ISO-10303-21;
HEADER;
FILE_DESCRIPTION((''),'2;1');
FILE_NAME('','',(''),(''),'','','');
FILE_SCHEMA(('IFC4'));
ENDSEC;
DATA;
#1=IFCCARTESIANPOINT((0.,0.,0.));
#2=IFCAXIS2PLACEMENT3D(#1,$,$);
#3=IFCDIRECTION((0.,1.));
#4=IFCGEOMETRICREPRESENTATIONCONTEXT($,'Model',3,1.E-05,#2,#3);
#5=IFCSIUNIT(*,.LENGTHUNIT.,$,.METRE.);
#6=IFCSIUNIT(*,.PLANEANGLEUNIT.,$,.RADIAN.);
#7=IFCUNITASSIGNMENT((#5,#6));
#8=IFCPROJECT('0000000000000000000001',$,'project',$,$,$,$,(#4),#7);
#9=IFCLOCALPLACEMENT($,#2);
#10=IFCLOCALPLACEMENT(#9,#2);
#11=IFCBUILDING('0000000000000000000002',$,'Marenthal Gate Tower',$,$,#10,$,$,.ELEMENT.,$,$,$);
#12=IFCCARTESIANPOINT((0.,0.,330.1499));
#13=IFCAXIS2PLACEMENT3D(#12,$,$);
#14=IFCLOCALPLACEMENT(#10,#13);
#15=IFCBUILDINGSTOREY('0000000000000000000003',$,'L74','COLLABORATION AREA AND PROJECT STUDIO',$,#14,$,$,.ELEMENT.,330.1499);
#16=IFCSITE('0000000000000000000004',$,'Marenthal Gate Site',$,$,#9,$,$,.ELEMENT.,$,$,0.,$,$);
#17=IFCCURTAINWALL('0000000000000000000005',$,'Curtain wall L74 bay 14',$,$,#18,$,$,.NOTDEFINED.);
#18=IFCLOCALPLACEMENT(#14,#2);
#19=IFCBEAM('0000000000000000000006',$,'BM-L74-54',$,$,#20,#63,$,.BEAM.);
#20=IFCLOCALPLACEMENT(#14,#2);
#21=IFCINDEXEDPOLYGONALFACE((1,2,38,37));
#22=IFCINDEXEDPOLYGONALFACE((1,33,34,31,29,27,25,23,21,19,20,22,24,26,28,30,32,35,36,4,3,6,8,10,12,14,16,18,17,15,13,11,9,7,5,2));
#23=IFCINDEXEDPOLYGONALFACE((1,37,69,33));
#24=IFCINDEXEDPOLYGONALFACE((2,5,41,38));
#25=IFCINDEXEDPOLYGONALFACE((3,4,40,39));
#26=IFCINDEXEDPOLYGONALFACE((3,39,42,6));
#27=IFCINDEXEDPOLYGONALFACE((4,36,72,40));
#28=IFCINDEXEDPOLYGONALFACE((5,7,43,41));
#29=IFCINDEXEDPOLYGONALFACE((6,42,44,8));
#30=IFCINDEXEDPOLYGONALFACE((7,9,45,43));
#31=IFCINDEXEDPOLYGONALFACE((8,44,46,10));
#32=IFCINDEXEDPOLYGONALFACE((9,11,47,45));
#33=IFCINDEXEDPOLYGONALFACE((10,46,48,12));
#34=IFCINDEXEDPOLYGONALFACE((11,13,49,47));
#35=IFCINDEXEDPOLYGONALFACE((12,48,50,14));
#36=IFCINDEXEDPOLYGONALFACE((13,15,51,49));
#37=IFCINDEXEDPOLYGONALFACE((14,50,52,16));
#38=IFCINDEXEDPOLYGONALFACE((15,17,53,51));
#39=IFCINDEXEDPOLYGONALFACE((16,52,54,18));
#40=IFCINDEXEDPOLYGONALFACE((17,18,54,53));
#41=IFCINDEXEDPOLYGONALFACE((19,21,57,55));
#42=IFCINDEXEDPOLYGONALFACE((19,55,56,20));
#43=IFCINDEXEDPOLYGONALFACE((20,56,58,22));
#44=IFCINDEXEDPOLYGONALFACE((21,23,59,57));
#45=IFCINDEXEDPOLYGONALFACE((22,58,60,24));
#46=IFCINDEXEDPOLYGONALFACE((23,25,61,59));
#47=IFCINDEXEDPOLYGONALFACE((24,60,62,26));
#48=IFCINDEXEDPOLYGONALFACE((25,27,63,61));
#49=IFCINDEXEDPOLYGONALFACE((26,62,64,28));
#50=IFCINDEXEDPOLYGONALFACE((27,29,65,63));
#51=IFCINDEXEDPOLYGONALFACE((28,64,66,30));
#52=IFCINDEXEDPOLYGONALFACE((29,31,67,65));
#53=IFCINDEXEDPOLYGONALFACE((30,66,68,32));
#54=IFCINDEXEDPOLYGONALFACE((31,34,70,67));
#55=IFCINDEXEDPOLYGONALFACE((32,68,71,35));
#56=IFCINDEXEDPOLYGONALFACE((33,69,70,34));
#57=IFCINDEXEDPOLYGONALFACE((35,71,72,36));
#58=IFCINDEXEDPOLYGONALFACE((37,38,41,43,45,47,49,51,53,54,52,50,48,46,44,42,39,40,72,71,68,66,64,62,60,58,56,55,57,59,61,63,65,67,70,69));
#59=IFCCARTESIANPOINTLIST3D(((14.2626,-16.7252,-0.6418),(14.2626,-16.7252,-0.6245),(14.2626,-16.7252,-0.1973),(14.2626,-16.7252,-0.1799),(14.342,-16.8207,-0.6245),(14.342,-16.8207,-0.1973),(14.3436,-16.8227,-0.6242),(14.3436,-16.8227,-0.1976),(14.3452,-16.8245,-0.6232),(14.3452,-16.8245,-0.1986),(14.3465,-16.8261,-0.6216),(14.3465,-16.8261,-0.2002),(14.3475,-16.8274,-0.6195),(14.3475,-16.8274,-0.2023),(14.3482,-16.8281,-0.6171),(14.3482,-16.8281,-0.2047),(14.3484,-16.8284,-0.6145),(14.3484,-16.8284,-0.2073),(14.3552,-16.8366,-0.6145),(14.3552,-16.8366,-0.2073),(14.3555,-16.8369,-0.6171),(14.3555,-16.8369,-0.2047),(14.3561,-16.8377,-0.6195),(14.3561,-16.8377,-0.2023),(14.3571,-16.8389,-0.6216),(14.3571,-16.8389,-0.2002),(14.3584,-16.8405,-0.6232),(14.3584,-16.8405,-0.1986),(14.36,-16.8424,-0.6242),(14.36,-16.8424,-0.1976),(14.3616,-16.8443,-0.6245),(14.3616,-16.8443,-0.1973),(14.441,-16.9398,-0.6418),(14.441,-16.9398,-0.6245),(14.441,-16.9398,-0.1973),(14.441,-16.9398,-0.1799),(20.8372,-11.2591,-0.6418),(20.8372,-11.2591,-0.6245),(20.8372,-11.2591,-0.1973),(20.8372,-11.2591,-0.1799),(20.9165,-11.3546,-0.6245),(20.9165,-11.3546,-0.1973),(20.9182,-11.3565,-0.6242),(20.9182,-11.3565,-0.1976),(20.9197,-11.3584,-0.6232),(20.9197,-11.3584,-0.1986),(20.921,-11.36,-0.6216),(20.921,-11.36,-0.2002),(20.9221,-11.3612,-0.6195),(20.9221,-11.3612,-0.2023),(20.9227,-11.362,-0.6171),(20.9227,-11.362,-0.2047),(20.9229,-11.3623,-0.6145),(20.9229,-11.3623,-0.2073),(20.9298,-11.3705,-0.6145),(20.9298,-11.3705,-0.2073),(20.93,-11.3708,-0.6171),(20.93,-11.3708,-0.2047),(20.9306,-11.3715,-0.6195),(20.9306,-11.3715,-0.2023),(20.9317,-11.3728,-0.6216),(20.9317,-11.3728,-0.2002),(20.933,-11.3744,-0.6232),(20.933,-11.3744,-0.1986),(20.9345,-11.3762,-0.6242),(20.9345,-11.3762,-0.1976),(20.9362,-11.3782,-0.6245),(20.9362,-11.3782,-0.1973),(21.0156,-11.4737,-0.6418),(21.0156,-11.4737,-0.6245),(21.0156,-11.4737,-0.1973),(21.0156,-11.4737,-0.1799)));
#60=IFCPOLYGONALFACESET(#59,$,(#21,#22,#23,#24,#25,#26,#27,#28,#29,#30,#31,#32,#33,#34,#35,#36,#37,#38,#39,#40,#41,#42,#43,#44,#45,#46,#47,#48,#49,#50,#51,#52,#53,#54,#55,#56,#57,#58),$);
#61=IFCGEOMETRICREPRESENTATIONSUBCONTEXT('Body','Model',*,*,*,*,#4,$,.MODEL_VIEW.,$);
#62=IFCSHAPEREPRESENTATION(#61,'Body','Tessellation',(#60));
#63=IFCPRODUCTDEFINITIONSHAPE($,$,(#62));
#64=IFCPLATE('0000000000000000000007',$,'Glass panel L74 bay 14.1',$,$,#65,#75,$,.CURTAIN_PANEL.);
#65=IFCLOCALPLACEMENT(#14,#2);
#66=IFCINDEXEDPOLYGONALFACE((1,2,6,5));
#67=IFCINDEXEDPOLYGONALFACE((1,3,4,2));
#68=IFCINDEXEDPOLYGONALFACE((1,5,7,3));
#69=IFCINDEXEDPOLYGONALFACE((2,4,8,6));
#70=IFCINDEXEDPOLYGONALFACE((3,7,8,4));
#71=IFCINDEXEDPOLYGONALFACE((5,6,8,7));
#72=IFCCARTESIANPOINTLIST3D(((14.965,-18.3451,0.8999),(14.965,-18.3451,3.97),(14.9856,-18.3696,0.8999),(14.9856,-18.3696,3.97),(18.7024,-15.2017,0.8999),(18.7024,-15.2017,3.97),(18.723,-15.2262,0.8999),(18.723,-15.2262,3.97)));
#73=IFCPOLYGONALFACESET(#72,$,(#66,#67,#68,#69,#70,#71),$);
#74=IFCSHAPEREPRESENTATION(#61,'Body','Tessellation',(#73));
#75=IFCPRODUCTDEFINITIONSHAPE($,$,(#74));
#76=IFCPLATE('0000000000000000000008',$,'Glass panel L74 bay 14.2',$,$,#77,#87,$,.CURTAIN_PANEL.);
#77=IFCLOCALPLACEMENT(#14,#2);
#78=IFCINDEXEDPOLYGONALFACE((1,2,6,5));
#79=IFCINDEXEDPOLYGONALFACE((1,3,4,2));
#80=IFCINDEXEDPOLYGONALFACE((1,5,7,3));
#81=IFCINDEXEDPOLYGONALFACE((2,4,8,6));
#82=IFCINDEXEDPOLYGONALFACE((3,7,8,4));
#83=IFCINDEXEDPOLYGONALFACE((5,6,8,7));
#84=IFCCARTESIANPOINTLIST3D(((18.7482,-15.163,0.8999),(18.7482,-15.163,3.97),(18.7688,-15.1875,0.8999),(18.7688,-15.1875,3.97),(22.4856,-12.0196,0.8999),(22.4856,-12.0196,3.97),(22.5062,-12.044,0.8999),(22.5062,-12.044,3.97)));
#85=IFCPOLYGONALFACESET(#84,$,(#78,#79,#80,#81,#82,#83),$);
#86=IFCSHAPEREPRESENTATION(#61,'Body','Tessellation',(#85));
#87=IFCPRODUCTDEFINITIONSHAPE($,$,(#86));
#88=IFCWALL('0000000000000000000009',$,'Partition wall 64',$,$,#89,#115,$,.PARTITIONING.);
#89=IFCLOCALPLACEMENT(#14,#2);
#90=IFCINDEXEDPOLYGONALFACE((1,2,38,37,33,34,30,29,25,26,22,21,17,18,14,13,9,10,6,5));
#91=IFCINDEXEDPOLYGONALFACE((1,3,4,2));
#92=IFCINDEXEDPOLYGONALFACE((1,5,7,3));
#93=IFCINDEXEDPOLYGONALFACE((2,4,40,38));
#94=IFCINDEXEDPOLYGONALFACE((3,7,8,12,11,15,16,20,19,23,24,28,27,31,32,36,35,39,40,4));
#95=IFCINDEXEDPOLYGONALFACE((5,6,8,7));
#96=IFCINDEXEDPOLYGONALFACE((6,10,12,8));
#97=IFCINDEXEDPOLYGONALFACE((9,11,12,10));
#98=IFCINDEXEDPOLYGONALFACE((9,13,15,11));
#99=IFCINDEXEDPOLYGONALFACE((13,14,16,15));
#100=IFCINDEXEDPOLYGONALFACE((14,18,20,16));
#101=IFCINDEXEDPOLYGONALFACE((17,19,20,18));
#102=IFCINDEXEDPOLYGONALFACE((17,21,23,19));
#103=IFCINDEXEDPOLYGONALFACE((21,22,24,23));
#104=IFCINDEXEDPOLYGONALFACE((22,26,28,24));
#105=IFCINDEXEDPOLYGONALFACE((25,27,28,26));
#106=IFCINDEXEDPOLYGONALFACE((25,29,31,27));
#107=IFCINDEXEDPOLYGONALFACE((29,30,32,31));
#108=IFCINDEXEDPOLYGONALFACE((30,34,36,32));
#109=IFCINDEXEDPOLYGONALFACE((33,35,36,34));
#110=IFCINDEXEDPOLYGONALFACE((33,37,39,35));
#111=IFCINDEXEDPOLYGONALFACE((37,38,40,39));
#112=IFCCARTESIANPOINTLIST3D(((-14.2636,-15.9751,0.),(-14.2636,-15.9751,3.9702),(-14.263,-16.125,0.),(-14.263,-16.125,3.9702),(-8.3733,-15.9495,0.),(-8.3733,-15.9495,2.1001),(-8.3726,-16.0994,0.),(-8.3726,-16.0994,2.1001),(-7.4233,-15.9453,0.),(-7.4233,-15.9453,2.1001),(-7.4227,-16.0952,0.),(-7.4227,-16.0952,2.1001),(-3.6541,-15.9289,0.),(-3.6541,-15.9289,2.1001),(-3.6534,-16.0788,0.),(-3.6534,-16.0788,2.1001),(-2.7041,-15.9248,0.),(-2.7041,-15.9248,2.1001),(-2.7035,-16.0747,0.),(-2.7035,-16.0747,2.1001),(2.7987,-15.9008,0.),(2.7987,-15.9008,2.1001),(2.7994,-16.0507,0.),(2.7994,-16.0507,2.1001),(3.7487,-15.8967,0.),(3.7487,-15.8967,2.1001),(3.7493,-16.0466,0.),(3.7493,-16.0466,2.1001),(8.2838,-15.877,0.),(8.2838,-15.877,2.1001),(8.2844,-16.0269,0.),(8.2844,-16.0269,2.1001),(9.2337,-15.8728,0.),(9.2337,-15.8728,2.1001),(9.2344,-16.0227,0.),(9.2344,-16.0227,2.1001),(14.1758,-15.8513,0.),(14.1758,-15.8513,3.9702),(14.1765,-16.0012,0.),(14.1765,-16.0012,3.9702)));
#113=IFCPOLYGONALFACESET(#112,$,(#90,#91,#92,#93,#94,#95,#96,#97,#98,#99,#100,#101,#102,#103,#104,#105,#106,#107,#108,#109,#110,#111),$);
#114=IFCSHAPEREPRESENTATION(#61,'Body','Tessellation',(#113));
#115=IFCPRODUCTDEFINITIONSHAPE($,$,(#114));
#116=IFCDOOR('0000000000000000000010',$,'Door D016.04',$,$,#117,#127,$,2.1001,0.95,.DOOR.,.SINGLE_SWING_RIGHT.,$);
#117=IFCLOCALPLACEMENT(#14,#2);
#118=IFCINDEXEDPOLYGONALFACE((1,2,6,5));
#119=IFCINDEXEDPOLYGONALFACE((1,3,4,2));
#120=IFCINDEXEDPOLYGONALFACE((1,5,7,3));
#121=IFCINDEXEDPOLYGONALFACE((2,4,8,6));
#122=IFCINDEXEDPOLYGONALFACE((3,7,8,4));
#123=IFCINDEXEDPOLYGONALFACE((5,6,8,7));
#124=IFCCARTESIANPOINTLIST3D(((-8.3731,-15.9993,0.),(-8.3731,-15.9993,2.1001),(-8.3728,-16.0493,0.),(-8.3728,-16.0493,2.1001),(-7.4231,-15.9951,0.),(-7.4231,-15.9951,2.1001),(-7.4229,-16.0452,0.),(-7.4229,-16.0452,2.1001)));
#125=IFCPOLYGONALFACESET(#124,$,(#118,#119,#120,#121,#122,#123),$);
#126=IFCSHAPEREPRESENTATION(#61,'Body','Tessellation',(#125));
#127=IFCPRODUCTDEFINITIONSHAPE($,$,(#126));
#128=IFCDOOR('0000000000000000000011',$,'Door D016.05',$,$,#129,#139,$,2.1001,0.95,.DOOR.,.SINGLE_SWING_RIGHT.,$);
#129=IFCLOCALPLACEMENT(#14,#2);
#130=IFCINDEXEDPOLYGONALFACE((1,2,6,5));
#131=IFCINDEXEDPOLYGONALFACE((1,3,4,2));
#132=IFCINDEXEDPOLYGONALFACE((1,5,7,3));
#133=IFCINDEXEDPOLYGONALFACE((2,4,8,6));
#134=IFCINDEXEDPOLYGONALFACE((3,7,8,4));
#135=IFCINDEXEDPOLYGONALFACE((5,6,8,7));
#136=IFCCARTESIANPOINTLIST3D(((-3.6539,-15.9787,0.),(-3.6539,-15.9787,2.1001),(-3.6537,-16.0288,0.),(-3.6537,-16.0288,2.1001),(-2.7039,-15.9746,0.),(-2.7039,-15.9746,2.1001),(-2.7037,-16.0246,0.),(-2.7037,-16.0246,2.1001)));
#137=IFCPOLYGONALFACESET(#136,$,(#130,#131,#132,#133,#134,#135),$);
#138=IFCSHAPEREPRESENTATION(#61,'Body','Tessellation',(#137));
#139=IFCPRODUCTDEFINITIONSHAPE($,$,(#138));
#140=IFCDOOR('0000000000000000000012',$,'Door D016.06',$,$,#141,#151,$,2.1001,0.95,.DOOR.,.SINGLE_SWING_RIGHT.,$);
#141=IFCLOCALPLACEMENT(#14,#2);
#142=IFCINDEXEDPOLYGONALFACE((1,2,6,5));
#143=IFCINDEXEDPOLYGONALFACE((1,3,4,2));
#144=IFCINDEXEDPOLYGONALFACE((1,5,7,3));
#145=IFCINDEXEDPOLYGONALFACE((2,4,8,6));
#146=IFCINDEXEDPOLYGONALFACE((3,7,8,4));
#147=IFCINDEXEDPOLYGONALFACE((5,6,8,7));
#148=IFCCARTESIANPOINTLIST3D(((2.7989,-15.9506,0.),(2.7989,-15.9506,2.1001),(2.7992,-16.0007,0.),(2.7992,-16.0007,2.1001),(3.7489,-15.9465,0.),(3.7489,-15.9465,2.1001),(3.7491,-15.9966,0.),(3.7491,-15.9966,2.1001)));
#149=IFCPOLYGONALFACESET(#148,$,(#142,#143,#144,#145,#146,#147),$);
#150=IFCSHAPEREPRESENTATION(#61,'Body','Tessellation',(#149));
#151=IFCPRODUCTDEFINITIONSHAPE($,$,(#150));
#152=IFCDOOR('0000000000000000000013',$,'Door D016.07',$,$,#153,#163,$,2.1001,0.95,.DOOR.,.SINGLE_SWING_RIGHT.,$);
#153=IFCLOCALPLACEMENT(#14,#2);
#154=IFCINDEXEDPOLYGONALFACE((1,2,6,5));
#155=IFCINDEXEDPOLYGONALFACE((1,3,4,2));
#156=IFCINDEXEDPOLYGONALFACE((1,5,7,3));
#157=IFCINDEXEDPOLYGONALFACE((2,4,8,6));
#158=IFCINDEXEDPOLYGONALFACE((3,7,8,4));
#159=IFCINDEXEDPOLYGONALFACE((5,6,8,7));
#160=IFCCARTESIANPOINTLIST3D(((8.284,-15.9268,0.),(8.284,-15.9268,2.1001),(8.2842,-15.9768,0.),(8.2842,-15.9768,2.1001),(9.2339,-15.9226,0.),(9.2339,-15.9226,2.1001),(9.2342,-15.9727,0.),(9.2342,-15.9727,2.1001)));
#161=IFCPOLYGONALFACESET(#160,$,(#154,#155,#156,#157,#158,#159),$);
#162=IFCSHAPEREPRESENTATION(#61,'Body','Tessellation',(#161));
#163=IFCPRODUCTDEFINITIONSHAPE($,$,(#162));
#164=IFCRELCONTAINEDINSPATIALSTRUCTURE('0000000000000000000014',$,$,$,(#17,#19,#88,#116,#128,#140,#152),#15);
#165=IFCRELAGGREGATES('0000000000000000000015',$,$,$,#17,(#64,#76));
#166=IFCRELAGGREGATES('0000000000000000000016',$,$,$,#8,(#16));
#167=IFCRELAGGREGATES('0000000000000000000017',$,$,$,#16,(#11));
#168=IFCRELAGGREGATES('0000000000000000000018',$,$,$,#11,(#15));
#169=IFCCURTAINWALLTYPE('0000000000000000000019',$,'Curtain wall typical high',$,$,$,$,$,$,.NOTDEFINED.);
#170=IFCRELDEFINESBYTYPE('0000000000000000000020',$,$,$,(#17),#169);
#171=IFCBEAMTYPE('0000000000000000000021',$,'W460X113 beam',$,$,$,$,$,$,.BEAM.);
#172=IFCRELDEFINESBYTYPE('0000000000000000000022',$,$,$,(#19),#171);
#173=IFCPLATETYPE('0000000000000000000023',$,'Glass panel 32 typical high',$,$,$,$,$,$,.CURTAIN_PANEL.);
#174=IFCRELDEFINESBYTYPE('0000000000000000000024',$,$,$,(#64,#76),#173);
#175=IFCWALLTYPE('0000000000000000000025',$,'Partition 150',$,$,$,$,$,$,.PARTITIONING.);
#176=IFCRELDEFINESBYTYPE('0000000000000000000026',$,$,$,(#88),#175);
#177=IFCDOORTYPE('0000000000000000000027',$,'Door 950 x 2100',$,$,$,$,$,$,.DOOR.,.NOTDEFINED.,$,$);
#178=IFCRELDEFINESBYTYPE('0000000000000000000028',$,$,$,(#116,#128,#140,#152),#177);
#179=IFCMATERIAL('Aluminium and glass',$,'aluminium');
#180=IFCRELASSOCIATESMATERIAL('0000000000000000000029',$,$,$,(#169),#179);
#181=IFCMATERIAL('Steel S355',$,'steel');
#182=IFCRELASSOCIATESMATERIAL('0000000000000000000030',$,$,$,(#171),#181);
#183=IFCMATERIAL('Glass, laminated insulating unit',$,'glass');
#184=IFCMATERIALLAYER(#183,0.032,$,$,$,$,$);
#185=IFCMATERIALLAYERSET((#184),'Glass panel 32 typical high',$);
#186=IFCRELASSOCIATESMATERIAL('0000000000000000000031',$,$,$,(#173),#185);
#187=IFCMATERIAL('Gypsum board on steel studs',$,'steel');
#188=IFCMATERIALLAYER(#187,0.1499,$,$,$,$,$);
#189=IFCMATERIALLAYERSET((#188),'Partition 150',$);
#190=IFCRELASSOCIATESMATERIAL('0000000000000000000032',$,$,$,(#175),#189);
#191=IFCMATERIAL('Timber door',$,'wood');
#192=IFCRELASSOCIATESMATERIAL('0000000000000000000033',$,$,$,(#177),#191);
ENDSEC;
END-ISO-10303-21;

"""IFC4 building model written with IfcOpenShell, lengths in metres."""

from ifc_helpers import new_model, si_unit, direction, frame, frame_2d, origin, origin_2d, place, context, subcontext, project, spatial, rectangle, i_section, extrude, material, layer, layer_set, material_profile, profile_set, type_object, element, fill, aggregate, save


model = new_model("IFC4")

# Units and contexts
model_context = context("Model", 3, precision=1e-05, world=origin(), true_north=direction((0.0, 1.0)))
body_context = subcontext(model_context, "Body", "Model", "MODEL_VIEW")
ifc_project = project(units=[si_unit("LENGTHUNIT", "METRE"), si_unit("PLANEANGLEUNIT", "RADIAN")], contexts=[model_context])

# Site, building, storey
site_placement = place(None, origin())
site = spatial("IfcSite", under=ifc_project, at=site_placement, Name="Marenthal Gate Site", CompositionType="ELEMENT", RefElevation=0.0)
building_placement = place(site_placement, origin())
building = spatial("IfcBuilding", under=site, at=building_placement, Name="Marenthal Gate Tower", CompositionType="ELEMENT")
storey_placement = place(building_placement, frame((0.0, 0.0, 330.1499)))
storey = spatial("IfcBuildingStorey", under=building, at=storey_placement, Name="L74", Description="COLLABORATION AREA AND PROJECT STUDIO", CompositionType="ELEMENT", Elevation=330.1499)

# Curtain wall
ifc_material_1 = material(Name="Aluminium and glass", Category="aluminium")
curtain_wall_type = type_object("IfcCurtainWallType", Name="Curtain wall typical high", PredefinedType="NOTDEFINED", material=ifc_material_1)
curtain_wall_placement = place(storey_placement, origin())
curtain_wall = element("IfcCurtainWall", 1, at=curtain_wall_placement, inside=storey, type_object=curtain_wall_type, Name="Curtain wall L74 bay 14", PredefinedType="NOTDEFINED")

# Beam
ifc_material_2 = material(Name="Steel S355", Category="steel")
ifc_material_profile_1 = material_profile(ifc_material_2, i_section(OverallWidth=0.2791, OverallDepth=0.4619, WebThickness=0.0107, FlangeThickness=0.0173, FilletRadius=0.01, at=origin_2d()), Name="W460X113")
ifc_profile_set_1 = profile_set([ifc_material_profile_1], Name="Steel S355")
beam_type_1 = type_object("IfcBeamType", Name="W460X113 beam", PredefinedType="BEAM", material=ifc_profile_set_1)
beam_1_placement = place(storey_placement, frame((14.3518, -16.8325, -0.4109), z_axis=(0.768949, 0.63931, 0.0), x_axis=(-0.63931, 0.768949, 0.0)))
element("IfcBeam", 2, at=beam_1_placement, inside=storey, type_object=beam_type_1, Name="BM-L74-54", PredefinedType="BEAM", context=body_context, shape_type="SweptSolid", body=[
    extrude(i_section(OverallWidth=0.2791, OverallDepth=0.4619, WebThickness=0.0107, FlangeThickness=0.0173, FilletRadius=0.01, at=origin_2d()), origin(), (0.0, 0.0, 1.0), 8.55),
])

# Plates
ifc_material_3 = material(Name="Glass, laminated insulating unit", Category="glass")
ifc_layer_1 = layer(ifc_material_3, 0.032)
ifc_layer_set_1 = layer_set([ifc_layer_1], Name="Glass panel 32 typical high")
plate_type = type_object("IfcPlateType", Name="Glass panel 32 typical high", PredefinedType="CURTAIN_PANEL", material=ifc_layer_set_1)
plate_1_placement = place(storey_placement, frame((16.844, -16.7856, 0.8999), z_axis=(0.0, 0.0, 1.0), x_axis=(0.765298, 0.643676, 0.0)))
plate_1 = element("IfcPlate", 3, at=plate_1_placement, type_object=plate_type, Name="Glass panel L74 bay 14.1", PredefinedType="CURTAIN_PANEL", context=body_context, shape_type="SweptSolid", body=[
    extrude(rectangle(XDim=4.8835, YDim=0.032, at=origin_2d()), origin(), (0.0, 0.0, 1.0), 3.0701),
])
plate_2_placement = place(storey_placement, frame((20.6272, -13.6035, 0.8999), z_axis=(0.0, 0.0, 1.0), x_axis=(0.765298, 0.643676, 0.0)))
plate_2 = element("IfcPlate", 4, at=plate_2_placement, type_object=plate_type, Name="Glass panel L74 bay 14.2", PredefinedType="CURTAIN_PANEL", context=body_context, shape_type="SweptSolid", body=[
    extrude(rectangle(XDim=4.8835, YDim=0.032, at=origin_2d()), origin(), (0.0, 0.0, 1.0), 3.0701),
])
aggregate(curtain_wall, [plate_1, plate_2])

# Wall, openings, doors
ifc_material_4 = material(Name="Gypsum board on steel studs", Category="steel")
ifc_layer_2 = layer(ifc_material_4, 0.1499)
ifc_layer_set_2 = layer_set([ifc_layer_2], Name="Partition 150")
wall_type_1 = type_object("IfcWallType", Name="Partition 150", PredefinedType="PARTITIONING", material=ifc_layer_set_2)
wall_1_placement = place(storey_placement, frame((14.176, -15.9263, 0.0), z_axis=(0.0, 0.0, 1.0), x_axis=(-0.999991, -0.004352, 0.0)))
wall_1 = element("IfcWall", 5, at=wall_1_placement, inside=storey, type_object=wall_type_1, Name="Partition wall 64", PredefinedType="PARTITIONING", context=body_context, shape_type="SweptSolid", body=[
    extrude(rectangle(XDim=28.4397, YDim=0.1499, at=frame_2d((14.2197, 0.0))), origin(), (0.0, 0.0, 1.0), 3.9702),
])
opening_1_placement = place(wall_1_placement, frame((21.5991, 0.0, 0.0)))
opening_1 = element("IfcOpeningElement", 6, at=opening_1_placement, cuts=wall_1, PredefinedType="OPENING", context=body_context, shape_type="SweptSolid", body=[
    extrude(rectangle(XDim=0.95, YDim=2.1001, at=frame_2d((0.4751, 1.05))), frame((0.0, 0.085, 0.0), z_axis=(0.0, -1.0, 0.0), x_axis=(1.0, 0.0, 0.0)), (0.0, 0.0, 1.0), 0.1699),
])
opening_2_placement = place(wall_1_placement, frame((16.8799, 0.0, 0.0)))
opening_2 = element("IfcOpeningElement", 7, at=opening_2_placement, cuts=wall_1, PredefinedType="OPENING", context=body_context, shape_type="SweptSolid", body=[
    extrude(rectangle(XDim=0.95, YDim=2.1001, at=frame_2d((0.4751, 1.05))), frame((0.0, 0.085, 0.0), z_axis=(0.0, -1.0, 0.0), x_axis=(1.0, 0.0, 0.0)), (0.0, 0.0, 1.0), 0.1699),
])
opening_3_placement = place(wall_1_placement, frame((10.427, 0.0, 0.0)))
opening_3 = element("IfcOpeningElement", 8, at=opening_3_placement, cuts=wall_1, PredefinedType="OPENING", context=body_context, shape_type="SweptSolid", body=[
    extrude(rectangle(XDim=0.95, YDim=2.1001, at=frame_2d((0.4751, 1.05))), frame((0.0, 0.085, 0.0), z_axis=(0.0, -1.0, 0.0), x_axis=(1.0, 0.0, 0.0)), (0.0, 0.0, 1.0), 0.1699),
])
opening_4_placement = place(wall_1_placement, frame((4.9419, 0.0, 0.0)))
opening_4 = element("IfcOpeningElement", 9, at=opening_4_placement, cuts=wall_1, PredefinedType="OPENING", context=body_context, shape_type="SweptSolid", body=[
    extrude(rectangle(XDim=0.95, YDim=2.1001, at=frame_2d((0.4751, 1.05))), frame((0.0, 0.085, 0.0), z_axis=(0.0, -1.0, 0.0), x_axis=(1.0, 0.0, 0.0)), (0.0, 0.0, 1.0), 0.1699),
])
ifc_material_5 = material(Name="Timber door", Category="wood")
door_type_1 = type_object("IfcDoorType", Name="Door 950 x 2100", OperationType="NOTDEFINED", PredefinedType="DOOR", material=ifc_material_5)
door_1_placement = place(opening_1_placement, origin())
door_1 = element("IfcDoor", 10, at=door_1_placement, inside=storey, type_object=door_type_1, Name="Door D016.04", OperationType="SINGLE_SWING_RIGHT", OverallHeight=2.1001, OverallWidth=0.95, PredefinedType="DOOR", context=body_context, shape_type="SweptSolid", body=[
    extrude(rectangle(XDim=0.95, YDim=2.1001, at=frame_2d((0.4751, 1.05))), frame((0.0, 0.0249, 0.0), z_axis=(0.0, -1.0, 0.0), x_axis=(1.0, 0.0, 0.0)), (0.0, 0.0, 1.0), 0.05),
])
fill(opening_1, door_1)
door_2_placement = place(opening_2_placement, origin())
door_2 = element("IfcDoor", 11, at=door_2_placement, inside=storey, type_object=door_type_1, Name="Door D016.05", OperationType="SINGLE_SWING_RIGHT", OverallHeight=2.1001, OverallWidth=0.95, PredefinedType="DOOR", context=body_context, shape_type="SweptSolid", body=[
    extrude(rectangle(XDim=0.95, YDim=2.1001, at=frame_2d((0.4751, 1.05))), frame((0.0, 0.0249, 0.0), z_axis=(0.0, -1.0, 0.0), x_axis=(1.0, 0.0, 0.0)), (0.0, 0.0, 1.0), 0.05),
])
fill(opening_2, door_2)
door_3_placement = place(opening_3_placement, origin())
door_3 = element("IfcDoor", 12, at=door_3_placement, inside=storey, type_object=door_type_1, Name="Door D016.06", OperationType="SINGLE_SWING_RIGHT", OverallHeight=2.1001, OverallWidth=0.95, PredefinedType="DOOR", context=body_context, shape_type="SweptSolid", body=[
    extrude(rectangle(XDim=0.95, YDim=2.1001, at=frame_2d((0.4751, 1.05))), frame((0.0, 0.0249, 0.0), z_axis=(0.0, -1.0, 0.0), x_axis=(1.0, 0.0, 0.0)), (0.0, 0.0, 1.0), 0.05),
])
fill(opening_3, door_3)
door_4_placement = place(opening_4_placement, origin())
door_4 = element("IfcDoor", 13, at=door_4_placement, inside=storey, type_object=door_type_1, Name="Door D016.07", OperationType="SINGLE_SWING_RIGHT", OverallHeight=2.1001, OverallWidth=0.95, PredefinedType="DOOR", context=body_context, shape_type="SweptSolid", body=[
    extrude(rectangle(XDim=0.95, YDim=2.1001, at=frame_2d((0.4751, 1.05))), frame((0.0, 0.0249, 0.0), z_axis=(0.0, -1.0, 0.0), x_axis=(1.0, 0.0, 0.0)), (0.0, 0.0, 1.0), 0.05),
])
fill(opening_4, door_4)

save(model, "model.ifc")
